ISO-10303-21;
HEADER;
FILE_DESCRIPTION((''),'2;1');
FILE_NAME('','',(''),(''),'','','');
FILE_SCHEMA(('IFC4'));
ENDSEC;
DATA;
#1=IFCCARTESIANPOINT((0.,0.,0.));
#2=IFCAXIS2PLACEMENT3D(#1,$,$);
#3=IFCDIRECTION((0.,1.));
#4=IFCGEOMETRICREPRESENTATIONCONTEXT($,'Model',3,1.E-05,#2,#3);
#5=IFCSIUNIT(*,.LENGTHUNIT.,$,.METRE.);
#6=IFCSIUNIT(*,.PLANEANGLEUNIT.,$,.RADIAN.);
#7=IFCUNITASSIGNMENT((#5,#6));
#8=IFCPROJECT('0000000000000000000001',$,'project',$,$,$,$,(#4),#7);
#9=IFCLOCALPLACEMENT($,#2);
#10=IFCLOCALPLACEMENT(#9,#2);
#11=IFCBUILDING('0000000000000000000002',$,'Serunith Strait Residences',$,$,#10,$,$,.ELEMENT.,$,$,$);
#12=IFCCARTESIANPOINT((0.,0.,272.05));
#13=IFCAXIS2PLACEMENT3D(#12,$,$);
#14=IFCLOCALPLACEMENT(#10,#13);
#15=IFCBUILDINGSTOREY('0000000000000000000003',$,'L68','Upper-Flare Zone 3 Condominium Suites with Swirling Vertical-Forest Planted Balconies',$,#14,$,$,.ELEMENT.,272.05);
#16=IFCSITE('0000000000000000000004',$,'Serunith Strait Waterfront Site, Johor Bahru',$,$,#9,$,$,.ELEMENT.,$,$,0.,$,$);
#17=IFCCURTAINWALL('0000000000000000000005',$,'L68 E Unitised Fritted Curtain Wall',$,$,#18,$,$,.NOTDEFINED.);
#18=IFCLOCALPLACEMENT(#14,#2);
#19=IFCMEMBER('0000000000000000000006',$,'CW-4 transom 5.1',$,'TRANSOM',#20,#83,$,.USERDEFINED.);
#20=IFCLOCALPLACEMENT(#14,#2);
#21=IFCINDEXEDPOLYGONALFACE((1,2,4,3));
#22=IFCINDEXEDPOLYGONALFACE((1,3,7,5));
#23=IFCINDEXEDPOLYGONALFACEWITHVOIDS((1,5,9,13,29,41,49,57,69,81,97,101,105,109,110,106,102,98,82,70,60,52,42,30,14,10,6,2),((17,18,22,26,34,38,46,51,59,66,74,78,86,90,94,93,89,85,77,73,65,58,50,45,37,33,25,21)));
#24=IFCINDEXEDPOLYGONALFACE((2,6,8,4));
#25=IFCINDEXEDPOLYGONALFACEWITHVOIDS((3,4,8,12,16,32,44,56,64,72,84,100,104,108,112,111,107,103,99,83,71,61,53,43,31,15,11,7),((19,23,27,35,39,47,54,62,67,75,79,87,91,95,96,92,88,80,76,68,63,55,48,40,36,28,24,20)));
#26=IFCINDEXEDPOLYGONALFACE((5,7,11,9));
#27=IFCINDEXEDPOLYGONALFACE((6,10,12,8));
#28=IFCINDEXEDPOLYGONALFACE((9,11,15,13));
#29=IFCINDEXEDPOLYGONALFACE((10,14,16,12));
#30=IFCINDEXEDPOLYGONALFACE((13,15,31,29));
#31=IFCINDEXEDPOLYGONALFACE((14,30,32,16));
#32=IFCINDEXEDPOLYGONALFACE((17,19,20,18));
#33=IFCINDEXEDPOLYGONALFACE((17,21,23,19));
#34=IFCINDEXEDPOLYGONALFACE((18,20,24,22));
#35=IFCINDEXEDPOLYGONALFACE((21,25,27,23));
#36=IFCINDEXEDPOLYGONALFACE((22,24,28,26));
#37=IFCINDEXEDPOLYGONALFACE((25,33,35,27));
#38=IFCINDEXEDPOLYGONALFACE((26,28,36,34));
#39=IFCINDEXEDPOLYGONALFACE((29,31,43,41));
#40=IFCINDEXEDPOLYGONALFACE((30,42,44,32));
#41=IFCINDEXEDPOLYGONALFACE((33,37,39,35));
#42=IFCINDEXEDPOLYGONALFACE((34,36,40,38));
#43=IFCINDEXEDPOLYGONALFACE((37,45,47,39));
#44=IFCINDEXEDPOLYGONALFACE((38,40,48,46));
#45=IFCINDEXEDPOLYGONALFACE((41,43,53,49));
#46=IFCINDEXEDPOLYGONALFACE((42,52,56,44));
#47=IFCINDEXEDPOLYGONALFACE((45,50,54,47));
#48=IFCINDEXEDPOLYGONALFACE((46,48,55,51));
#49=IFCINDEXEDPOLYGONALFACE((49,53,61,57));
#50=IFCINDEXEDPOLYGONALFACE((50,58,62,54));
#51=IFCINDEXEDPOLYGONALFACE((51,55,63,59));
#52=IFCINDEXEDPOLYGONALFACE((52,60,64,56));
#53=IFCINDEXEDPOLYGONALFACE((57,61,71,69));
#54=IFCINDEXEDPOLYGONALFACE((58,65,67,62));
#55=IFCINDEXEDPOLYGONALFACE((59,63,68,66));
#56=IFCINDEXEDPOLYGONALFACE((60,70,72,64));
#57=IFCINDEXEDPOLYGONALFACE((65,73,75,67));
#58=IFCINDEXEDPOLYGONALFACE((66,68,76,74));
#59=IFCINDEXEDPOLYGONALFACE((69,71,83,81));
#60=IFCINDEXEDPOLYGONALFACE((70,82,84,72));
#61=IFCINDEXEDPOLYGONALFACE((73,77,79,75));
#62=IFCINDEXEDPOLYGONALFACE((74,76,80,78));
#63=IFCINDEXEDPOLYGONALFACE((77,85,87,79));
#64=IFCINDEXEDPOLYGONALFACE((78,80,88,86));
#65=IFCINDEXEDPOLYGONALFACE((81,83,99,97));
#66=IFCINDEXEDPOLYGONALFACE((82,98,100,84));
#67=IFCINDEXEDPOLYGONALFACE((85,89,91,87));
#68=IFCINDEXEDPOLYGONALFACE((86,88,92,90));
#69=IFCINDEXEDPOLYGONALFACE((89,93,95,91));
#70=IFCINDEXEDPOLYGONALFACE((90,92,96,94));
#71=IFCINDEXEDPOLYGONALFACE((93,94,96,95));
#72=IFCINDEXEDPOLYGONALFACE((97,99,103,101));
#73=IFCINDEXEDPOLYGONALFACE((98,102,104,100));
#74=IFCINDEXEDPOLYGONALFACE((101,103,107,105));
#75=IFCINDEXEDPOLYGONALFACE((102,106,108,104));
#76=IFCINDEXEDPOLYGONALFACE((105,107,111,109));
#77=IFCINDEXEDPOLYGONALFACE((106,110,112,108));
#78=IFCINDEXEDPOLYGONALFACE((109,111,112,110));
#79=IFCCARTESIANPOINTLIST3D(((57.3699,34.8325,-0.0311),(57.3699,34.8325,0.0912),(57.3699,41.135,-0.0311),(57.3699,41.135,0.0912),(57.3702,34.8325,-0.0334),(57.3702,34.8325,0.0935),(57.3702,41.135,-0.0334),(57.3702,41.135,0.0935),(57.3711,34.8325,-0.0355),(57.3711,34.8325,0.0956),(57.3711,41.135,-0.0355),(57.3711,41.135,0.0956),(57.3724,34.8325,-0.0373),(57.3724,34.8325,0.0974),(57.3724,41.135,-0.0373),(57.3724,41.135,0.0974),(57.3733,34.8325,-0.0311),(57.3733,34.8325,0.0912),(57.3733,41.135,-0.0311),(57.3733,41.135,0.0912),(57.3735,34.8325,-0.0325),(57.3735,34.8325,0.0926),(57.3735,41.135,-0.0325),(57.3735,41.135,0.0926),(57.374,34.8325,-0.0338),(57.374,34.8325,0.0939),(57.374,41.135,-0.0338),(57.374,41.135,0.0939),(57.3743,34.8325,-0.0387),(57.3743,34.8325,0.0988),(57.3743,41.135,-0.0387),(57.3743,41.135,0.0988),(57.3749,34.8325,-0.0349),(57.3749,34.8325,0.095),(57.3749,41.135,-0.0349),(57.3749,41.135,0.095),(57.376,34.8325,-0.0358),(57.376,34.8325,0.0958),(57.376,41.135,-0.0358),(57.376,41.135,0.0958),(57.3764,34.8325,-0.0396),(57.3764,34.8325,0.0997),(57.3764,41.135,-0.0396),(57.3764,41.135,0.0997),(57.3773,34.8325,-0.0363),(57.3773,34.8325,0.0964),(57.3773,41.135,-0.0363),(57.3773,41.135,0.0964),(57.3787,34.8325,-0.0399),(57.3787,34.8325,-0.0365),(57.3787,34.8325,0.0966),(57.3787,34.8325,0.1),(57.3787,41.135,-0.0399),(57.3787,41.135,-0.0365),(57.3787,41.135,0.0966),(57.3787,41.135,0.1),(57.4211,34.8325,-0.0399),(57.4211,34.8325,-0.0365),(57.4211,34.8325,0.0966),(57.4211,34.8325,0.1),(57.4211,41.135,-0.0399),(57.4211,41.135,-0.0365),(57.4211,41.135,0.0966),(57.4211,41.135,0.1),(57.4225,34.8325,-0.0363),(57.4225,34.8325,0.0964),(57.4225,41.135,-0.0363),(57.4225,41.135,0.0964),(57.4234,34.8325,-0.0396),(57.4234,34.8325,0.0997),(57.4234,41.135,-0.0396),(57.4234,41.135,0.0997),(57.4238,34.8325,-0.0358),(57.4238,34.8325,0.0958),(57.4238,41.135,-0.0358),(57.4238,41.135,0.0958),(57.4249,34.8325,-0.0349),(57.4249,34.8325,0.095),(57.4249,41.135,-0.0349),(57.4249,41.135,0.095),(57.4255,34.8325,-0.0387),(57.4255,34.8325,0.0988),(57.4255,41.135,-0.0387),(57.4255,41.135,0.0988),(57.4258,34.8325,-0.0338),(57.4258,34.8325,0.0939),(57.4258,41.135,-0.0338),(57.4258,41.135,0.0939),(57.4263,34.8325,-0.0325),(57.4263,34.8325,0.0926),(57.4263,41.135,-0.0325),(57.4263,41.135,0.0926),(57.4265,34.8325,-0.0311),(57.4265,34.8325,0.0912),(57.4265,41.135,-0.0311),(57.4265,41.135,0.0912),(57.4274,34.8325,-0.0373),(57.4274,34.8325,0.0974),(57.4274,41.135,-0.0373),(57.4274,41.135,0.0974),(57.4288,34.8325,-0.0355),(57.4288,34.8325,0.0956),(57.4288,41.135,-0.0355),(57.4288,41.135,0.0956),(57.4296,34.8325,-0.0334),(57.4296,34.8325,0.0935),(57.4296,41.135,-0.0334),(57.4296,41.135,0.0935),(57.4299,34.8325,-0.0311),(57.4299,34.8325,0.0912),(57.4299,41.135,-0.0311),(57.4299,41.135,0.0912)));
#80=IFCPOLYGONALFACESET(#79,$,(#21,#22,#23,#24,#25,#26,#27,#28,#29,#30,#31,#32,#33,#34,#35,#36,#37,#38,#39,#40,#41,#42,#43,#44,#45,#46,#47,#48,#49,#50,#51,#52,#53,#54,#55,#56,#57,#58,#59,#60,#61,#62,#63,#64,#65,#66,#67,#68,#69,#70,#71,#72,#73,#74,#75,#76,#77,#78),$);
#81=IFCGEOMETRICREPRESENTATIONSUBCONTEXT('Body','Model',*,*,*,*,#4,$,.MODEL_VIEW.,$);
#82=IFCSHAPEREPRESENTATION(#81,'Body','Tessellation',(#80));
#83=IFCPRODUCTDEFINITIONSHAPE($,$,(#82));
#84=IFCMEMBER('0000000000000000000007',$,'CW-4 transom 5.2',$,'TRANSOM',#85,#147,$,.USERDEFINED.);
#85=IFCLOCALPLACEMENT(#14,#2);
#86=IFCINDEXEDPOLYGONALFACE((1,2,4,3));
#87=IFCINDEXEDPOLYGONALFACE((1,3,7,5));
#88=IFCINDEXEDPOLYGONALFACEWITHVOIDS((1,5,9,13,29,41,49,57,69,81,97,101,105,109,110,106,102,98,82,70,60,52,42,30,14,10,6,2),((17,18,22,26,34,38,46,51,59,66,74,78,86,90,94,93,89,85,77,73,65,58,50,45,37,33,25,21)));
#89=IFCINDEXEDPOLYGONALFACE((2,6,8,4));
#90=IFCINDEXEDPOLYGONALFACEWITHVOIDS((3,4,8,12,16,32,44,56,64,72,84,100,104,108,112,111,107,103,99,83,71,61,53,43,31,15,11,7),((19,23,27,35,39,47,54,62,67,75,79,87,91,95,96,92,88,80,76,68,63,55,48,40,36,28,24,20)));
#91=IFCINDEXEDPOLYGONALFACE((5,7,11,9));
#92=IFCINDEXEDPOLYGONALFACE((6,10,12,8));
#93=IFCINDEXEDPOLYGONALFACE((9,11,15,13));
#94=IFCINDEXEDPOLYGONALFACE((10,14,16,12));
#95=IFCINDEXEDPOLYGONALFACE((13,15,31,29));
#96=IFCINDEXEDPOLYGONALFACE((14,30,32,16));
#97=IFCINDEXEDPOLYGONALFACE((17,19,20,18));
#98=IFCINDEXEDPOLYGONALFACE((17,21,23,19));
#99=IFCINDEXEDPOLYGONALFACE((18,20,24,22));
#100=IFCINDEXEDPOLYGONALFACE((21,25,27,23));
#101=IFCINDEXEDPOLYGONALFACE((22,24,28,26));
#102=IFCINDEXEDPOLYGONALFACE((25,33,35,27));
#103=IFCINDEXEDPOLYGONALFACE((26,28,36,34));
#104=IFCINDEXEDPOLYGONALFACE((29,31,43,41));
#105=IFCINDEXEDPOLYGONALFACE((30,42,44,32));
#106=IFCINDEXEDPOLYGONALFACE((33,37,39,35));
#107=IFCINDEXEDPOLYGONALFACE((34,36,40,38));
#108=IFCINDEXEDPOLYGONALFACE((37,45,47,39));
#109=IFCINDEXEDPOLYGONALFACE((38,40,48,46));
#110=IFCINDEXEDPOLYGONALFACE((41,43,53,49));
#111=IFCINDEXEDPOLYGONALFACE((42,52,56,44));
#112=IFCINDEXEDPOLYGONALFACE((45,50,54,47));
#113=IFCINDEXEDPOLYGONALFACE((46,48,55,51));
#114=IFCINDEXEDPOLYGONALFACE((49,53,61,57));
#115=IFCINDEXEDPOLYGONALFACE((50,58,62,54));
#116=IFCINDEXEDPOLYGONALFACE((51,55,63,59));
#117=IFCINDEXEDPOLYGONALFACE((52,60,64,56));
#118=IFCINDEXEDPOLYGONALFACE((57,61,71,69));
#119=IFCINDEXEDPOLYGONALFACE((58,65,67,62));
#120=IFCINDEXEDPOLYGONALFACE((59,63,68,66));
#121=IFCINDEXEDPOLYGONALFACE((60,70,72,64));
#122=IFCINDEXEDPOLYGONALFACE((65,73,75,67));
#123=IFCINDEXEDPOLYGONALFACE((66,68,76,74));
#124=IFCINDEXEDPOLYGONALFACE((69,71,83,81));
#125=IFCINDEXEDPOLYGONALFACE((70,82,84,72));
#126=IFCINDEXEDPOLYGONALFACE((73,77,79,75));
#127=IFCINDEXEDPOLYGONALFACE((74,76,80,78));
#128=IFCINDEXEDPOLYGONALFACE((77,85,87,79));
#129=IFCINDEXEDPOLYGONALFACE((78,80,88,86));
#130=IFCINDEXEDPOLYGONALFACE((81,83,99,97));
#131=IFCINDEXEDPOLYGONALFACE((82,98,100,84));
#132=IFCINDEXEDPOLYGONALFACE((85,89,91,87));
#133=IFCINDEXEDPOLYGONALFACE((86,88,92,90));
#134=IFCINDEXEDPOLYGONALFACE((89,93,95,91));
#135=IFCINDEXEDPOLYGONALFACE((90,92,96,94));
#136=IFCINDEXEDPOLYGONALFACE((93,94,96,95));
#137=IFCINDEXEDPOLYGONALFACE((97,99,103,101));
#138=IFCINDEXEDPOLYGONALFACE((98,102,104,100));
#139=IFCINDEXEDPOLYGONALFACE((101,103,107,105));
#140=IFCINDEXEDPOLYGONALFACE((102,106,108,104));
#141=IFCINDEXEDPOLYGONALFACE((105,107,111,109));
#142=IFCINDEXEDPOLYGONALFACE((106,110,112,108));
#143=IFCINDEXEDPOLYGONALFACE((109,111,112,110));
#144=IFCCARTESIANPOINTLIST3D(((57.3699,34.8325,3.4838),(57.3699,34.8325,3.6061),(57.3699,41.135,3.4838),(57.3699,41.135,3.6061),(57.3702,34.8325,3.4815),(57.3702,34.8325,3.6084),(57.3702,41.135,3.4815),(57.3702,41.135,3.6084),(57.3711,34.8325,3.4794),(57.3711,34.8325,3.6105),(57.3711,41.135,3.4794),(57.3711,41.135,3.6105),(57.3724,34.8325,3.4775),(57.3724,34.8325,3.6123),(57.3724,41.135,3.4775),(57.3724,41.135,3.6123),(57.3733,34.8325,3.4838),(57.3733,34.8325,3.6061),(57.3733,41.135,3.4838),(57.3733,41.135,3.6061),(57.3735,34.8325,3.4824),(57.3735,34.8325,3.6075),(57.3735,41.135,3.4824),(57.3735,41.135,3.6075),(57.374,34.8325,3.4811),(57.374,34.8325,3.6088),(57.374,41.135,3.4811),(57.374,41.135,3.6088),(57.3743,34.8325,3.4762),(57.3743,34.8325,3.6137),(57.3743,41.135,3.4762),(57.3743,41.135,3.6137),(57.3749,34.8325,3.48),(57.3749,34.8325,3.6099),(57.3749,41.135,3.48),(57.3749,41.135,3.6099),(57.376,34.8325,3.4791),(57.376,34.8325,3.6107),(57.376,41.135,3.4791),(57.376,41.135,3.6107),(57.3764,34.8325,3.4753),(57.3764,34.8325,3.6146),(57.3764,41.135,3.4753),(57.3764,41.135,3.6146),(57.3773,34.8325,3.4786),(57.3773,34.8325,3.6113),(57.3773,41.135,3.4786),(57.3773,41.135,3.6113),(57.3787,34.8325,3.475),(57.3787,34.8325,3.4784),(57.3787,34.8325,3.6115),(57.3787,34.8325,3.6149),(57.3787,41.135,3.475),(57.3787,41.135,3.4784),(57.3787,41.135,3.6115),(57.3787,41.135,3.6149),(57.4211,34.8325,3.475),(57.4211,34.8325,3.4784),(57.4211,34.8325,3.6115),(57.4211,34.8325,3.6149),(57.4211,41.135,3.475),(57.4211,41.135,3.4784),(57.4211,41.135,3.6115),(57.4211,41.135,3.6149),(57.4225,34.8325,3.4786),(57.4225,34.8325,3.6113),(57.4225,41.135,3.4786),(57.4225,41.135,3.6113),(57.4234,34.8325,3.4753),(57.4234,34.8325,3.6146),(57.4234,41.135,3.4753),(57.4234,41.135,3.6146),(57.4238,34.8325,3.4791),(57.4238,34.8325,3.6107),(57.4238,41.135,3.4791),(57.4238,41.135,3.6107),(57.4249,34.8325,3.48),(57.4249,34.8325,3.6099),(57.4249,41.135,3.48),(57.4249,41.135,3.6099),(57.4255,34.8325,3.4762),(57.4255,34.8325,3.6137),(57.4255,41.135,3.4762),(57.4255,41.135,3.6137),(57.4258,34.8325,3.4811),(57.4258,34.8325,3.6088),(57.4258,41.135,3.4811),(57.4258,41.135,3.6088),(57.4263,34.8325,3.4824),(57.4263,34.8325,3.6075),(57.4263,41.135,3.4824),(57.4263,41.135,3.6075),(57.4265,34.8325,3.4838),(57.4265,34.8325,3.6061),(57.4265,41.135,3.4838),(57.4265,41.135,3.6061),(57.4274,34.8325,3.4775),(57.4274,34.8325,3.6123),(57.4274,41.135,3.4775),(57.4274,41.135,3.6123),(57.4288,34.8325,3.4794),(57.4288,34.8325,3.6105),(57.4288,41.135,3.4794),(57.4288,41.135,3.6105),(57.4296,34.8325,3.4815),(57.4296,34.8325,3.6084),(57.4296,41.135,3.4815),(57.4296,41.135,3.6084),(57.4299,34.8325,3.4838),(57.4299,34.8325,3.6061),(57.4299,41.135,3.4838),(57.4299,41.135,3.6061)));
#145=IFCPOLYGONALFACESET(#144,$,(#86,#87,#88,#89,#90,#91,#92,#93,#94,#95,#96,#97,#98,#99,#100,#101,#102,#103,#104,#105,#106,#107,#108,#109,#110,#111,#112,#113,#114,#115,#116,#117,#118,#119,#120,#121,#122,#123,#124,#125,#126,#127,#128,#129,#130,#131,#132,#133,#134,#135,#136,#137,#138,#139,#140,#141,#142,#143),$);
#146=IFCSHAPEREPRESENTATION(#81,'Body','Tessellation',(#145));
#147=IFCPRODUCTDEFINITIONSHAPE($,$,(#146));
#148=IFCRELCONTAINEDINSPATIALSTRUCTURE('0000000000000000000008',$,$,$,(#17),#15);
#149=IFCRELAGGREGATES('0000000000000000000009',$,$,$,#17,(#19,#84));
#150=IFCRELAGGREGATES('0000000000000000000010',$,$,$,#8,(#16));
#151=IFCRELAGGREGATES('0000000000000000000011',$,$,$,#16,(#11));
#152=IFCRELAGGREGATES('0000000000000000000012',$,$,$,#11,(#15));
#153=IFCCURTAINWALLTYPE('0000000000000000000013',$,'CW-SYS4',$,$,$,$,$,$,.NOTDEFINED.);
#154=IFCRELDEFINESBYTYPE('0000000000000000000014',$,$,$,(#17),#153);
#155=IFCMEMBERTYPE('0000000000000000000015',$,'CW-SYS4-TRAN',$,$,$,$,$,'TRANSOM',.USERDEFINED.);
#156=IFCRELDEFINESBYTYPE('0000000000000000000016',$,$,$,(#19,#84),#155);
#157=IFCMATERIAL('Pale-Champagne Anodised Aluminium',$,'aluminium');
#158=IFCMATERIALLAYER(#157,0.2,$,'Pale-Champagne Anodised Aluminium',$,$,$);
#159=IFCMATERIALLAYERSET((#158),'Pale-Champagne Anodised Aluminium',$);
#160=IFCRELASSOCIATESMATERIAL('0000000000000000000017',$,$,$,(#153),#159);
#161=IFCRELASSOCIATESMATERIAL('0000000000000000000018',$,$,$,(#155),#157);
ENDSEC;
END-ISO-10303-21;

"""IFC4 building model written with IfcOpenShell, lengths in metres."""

from ifc_helpers import new_model, si_unit, direction, frame, origin, origin_2d, place, context, subcontext, project, spatial, hollow_rectangle, extrude, source, transform, mapped, material, layer, layer_set, material_profile, profile_set, type_object, element, aggregate, save


model = new_model("IFC4")

# Units and contexts
model_context = context("Model", 3, precision=1e-05, world=origin(), true_north=direction((0.0, 1.0)))
body_context = subcontext(model_context, "Body", "Model", "MODEL_VIEW")
ifc_project = project(units=[si_unit("LENGTHUNIT", "METRE"), si_unit("PLANEANGLEUNIT", "RADIAN")], contexts=[model_context])

# Site, building, storey
site_placement = place(None, origin())
site = spatial("IfcSite", under=ifc_project, at=site_placement, Name="Serunith Strait Waterfront Site, Johor Bahru", CompositionType="ELEMENT", RefElevation=0.0)
building_placement = place(site_placement, origin())
building = spatial("IfcBuilding", under=site, at=building_placement, Name="Serunith Strait Residences", CompositionType="ELEMENT")
storey_placement = place(building_placement, frame((0.0, 0.0, 272.05)))
storey = spatial("IfcBuildingStorey", under=building, at=storey_placement, Name="L68", Description="Upper-Flare Zone 3 Condominium Suites with Swirling Vertical-Forest Planted Balconies", CompositionType="ELEMENT", Elevation=272.05)

# Curtain wall, members
ifc_material_1 = material(Name="Pale-Champagne Anodised Aluminium", Category="aluminium")
ifc_layer_1 = layer(ifc_material_1, 0.2, Name="Pale-Champagne Anodised Aluminium")
ifc_layer_set_1 = layer_set([ifc_layer_1], Name="Pale-Champagne Anodised Aluminium")
curtain_wall_type = type_object("IfcCurtainWallType", Name="CW-SYS4", PredefinedType="NOTDEFINED", material=ifc_layer_set_1)
curtain_wall_placement = place(storey_placement, origin())
curtain_wall = element("IfcCurtainWall", 1, at=curtain_wall_placement, inside=storey, type_object=curtain_wall_type, Name="L68 E Unitised Fritted Curtain Wall", PredefinedType="NOTDEFINED")
ifc_material_profile_1 = material_profile(ifc_material_1, hollow_rectangle(XDim=0.0601, YDim=0.1399, WallThickness=0.0034, InnerFilletRadius=0.0054, OuterFilletRadius=0.0088, at=origin_2d()), Name="ALU 140x60x3.5")
ifc_profile_set_1 = profile_set([ifc_material_profile_1], Name="Pale-Champagne Anodised Aluminium")
member_type_1 = type_object("IfcMemberType", Name="CW-SYS4-TRAN", ElementType="TRANSOM", PredefinedType="USERDEFINED", material=ifc_profile_set_1)
shared_shape_1 = source(origin(), body_context, "Body", "SweptSolid", [
    extrude(hollow_rectangle(XDim=0.0601, YDim=0.1399, WallThickness=0.0034, InnerFilletRadius=0.0054, OuterFilletRadius=0.0088, at=origin_2d()), origin(), (0.0, 0.0, 1.0), 6.3025),
])
member_1_placement = place(storey_placement, frame((57.3999, 34.8325, 0.03), z_axis=(0.0, 1.0, 0.0), x_axis=(-1.0, 0.0, 0.0)))
member_1 = element("IfcMember", 2, at=member_1_placement, type_object=member_type_1, Name="CW-4 transom 5.1", ObjectType="TRANSOM", PredefinedType="USERDEFINED", context=body_context, shape_type="MappedRepresentation", body=[
    mapped(shared_shape_1, transform((0.0, 0.0, 0.0), scale=1.0)),
])
member_2_placement = place(storey_placement, frame((57.3999, 34.8325, 3.5449), z_axis=(0.0, 1.0, 0.0), x_axis=(-1.0, 0.0, 0.0)))
member_2 = element("IfcMember", 3, at=member_2_placement, type_object=member_type_1, Name="CW-4 transom 5.2", ObjectType="TRANSOM", PredefinedType="USERDEFINED", context=body_context, shape_type="MappedRepresentation", body=[
    mapped(shared_shape_1, transform((0.0, 0.0, 0.0), scale=1.0)),
])
aggregate(curtain_wall, [member_1, member_2])

save(model, "model.ifc")
